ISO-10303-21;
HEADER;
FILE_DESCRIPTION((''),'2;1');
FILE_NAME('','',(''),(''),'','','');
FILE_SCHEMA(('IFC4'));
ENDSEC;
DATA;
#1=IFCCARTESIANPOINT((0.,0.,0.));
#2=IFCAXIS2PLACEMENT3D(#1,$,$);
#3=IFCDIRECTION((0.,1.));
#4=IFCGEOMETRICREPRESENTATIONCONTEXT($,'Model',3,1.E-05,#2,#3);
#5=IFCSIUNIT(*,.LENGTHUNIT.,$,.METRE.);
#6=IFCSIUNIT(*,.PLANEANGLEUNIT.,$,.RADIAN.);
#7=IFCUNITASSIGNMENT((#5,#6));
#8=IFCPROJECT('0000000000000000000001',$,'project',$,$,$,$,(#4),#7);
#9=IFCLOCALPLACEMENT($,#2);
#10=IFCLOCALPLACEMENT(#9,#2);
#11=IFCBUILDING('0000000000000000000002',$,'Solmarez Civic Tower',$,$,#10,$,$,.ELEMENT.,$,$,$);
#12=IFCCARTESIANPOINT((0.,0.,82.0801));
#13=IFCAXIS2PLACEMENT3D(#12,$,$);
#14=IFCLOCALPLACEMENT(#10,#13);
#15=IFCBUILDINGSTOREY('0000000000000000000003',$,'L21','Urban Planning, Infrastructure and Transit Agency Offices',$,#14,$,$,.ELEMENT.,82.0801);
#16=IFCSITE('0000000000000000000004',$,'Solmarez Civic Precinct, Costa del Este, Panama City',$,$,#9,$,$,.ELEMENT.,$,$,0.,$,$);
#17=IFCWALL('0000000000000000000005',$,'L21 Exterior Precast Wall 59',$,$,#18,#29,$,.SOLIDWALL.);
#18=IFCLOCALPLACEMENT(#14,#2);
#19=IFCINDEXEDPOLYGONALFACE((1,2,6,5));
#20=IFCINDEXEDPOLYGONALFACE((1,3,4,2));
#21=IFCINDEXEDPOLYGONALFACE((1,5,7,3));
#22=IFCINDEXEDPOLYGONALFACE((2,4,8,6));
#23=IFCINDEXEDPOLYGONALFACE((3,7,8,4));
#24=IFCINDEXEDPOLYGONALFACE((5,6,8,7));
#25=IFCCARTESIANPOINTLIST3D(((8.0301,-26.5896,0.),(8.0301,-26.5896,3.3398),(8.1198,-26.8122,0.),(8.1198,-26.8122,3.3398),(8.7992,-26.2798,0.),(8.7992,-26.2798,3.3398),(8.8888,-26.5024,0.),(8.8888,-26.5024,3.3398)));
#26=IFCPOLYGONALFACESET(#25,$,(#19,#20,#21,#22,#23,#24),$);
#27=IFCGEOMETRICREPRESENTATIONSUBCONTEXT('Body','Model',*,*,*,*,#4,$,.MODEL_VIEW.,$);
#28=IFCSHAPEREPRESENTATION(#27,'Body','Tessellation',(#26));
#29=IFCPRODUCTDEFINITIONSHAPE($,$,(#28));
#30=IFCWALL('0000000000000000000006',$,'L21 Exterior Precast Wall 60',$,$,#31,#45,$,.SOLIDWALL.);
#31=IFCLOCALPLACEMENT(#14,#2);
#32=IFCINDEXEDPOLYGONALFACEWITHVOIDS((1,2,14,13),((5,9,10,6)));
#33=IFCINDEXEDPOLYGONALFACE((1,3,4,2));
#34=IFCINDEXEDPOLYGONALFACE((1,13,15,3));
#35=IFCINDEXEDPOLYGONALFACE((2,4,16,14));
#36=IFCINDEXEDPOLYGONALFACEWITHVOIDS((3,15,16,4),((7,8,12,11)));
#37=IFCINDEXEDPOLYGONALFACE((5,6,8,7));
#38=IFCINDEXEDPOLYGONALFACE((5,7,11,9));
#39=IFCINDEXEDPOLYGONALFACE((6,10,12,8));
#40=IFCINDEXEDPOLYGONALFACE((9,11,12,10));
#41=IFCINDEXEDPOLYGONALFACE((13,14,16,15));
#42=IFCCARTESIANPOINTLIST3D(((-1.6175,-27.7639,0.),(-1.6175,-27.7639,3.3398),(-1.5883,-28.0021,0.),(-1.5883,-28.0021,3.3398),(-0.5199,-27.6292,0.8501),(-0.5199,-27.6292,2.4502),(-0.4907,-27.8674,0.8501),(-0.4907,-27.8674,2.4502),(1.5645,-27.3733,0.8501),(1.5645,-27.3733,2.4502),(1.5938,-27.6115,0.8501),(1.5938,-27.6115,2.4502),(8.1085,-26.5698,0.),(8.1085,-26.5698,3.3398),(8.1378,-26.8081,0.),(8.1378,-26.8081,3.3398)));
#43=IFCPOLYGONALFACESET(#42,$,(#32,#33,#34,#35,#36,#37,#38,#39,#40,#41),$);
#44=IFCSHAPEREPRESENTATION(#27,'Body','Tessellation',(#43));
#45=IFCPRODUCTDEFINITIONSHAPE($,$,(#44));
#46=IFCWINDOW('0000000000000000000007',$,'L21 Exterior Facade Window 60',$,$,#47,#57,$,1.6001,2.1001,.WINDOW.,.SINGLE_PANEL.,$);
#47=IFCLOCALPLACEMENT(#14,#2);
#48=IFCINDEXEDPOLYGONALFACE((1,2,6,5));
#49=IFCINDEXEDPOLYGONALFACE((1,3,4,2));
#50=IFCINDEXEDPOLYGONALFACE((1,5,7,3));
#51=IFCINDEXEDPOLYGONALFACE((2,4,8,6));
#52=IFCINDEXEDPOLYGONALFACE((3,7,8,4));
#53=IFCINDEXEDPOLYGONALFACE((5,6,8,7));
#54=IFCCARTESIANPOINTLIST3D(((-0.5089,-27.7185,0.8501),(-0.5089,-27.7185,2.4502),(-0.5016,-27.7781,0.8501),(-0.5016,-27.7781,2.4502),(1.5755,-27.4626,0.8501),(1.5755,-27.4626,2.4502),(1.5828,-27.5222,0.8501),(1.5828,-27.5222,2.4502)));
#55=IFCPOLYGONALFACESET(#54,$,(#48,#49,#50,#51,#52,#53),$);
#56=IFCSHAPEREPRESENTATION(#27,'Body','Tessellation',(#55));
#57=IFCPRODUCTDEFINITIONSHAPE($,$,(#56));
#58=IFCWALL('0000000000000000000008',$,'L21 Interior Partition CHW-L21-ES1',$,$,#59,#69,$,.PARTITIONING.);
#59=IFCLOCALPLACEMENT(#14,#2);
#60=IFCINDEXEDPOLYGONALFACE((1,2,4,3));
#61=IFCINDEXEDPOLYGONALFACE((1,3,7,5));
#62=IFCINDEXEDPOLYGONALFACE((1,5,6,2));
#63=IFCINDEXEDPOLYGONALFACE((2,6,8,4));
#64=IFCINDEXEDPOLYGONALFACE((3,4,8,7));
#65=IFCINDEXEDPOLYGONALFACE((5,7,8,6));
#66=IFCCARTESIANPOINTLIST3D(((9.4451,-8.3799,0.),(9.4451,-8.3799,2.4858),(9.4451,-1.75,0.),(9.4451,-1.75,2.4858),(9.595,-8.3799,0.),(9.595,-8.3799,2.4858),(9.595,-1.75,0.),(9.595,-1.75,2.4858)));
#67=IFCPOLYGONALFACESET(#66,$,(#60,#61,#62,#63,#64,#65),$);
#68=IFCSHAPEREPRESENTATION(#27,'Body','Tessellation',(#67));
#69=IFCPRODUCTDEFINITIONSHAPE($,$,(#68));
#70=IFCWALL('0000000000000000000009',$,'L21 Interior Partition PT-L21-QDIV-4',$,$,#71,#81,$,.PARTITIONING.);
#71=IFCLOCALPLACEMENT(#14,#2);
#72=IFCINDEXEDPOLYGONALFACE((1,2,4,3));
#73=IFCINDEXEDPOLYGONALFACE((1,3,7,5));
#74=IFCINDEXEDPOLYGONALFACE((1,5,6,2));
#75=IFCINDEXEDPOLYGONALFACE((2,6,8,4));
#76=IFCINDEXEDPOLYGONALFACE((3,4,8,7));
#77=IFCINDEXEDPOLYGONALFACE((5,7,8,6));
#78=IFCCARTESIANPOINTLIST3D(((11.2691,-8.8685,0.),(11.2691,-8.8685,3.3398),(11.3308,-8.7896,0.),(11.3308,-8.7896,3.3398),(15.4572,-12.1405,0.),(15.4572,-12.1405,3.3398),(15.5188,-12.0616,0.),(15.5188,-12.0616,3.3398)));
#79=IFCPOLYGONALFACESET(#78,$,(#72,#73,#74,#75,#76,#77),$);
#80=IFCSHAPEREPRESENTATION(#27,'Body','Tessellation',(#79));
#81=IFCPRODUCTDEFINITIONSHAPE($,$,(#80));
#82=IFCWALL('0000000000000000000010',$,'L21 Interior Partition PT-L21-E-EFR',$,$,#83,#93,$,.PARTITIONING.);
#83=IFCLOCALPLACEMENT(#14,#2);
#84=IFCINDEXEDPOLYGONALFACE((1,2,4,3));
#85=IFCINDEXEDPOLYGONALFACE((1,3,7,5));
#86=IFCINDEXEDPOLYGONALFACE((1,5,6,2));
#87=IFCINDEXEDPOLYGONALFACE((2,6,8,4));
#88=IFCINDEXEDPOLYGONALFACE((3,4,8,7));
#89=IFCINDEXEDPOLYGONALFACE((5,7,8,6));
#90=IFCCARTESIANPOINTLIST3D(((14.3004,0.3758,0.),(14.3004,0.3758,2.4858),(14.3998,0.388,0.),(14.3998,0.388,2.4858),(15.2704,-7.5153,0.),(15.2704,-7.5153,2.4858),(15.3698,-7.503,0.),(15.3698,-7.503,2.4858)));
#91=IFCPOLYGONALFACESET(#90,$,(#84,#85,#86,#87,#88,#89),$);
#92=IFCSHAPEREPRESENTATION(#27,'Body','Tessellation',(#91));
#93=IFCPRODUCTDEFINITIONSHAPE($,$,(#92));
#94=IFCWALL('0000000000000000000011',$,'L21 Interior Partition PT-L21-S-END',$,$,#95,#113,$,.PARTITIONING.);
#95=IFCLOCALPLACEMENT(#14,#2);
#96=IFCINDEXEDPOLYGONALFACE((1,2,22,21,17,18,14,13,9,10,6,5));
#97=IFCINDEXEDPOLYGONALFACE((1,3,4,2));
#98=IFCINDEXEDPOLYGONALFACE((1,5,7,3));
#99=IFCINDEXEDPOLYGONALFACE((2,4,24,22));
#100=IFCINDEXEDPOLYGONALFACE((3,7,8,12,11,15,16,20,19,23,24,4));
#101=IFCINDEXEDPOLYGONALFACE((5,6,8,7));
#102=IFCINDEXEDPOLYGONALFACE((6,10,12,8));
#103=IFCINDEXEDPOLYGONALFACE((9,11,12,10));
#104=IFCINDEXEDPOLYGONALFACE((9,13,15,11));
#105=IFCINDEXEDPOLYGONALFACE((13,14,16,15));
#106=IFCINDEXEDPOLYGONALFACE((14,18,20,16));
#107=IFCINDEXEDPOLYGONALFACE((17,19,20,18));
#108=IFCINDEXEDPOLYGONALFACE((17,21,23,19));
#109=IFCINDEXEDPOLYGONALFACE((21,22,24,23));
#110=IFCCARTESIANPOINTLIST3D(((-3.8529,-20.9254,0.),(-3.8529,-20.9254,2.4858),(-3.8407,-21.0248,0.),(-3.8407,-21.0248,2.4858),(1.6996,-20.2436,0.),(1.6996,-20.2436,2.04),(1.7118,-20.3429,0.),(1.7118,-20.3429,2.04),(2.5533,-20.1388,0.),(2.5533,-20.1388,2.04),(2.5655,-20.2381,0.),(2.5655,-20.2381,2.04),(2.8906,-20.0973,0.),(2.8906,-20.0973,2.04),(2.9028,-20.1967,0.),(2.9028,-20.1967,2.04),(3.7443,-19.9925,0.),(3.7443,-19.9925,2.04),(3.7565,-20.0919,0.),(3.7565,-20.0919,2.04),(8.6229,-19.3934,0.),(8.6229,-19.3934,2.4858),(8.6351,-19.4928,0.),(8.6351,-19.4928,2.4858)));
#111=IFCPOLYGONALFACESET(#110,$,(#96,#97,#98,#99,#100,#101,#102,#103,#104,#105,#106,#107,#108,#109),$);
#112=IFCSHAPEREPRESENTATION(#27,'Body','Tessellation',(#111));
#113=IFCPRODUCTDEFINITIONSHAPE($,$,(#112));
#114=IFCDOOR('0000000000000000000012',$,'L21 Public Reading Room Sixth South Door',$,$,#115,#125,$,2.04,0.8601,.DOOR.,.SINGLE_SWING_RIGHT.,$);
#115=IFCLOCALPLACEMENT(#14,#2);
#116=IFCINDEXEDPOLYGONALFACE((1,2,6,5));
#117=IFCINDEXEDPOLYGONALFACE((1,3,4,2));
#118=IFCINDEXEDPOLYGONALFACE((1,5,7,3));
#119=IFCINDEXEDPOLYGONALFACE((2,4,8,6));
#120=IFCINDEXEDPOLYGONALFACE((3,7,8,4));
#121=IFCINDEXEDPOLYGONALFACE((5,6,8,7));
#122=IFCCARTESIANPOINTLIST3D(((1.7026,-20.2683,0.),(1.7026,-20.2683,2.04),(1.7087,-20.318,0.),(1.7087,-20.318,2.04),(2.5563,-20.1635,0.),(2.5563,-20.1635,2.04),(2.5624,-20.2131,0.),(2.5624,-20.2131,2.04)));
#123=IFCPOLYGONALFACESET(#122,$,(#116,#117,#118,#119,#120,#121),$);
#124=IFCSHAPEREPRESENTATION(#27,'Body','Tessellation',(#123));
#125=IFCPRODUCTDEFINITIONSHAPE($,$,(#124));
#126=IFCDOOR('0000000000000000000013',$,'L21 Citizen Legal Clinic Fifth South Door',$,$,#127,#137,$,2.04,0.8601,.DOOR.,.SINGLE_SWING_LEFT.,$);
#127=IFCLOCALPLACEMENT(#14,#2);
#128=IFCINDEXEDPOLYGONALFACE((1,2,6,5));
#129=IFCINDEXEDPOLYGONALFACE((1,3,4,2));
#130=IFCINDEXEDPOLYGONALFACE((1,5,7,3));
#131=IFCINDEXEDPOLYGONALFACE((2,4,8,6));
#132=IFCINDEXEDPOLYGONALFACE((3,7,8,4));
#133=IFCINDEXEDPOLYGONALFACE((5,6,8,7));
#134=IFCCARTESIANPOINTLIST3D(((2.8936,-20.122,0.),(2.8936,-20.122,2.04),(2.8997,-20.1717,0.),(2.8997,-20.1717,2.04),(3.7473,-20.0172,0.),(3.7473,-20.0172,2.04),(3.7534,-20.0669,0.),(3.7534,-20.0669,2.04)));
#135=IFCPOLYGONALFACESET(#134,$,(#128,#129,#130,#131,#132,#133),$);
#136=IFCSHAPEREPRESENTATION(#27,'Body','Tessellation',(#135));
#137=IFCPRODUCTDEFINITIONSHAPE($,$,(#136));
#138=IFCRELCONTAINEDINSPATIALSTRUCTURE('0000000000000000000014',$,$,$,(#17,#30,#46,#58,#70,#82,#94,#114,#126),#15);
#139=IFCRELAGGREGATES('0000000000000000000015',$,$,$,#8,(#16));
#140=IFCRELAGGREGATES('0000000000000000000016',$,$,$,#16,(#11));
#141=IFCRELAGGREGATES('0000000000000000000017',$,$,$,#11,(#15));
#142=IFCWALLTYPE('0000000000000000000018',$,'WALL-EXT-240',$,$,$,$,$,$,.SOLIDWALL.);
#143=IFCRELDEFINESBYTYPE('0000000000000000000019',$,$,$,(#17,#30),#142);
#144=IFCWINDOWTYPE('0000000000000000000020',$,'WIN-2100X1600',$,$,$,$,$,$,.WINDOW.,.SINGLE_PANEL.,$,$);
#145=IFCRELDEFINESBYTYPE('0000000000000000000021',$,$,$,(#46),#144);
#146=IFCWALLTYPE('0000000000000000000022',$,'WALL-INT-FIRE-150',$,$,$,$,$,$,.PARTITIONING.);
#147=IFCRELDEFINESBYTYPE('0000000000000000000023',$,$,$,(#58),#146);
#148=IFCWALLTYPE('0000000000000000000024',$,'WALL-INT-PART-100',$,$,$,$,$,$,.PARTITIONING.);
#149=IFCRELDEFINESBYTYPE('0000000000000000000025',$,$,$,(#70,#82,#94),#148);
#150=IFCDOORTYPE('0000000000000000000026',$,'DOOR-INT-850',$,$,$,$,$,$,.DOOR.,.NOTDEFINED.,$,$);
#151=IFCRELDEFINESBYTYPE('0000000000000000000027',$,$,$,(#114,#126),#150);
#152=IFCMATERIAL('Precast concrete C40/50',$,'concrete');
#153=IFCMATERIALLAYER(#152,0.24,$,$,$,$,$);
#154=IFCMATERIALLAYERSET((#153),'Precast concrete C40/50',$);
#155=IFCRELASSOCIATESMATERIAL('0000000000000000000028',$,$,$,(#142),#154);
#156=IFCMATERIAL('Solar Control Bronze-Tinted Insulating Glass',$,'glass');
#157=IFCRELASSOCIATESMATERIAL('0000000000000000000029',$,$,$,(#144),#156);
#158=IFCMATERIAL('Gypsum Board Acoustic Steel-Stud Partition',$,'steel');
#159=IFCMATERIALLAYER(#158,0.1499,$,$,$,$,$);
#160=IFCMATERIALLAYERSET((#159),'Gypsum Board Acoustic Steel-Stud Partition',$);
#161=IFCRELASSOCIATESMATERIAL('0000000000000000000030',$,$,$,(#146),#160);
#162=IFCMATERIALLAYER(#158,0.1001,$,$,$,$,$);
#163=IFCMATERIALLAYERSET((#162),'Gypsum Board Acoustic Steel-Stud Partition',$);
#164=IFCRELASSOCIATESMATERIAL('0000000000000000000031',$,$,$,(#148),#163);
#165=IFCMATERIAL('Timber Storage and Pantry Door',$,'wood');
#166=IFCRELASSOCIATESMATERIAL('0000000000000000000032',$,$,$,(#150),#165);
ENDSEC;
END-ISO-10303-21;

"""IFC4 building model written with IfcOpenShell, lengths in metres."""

from ifc_helpers import new_model, si_unit, direction, frame, frame_2d, origin, place, context, subcontext, project, spatial, rectangle, extrude, material, layer, layer_set, type_object, element, fill, save


model = new_model("IFC4")

# Units and contexts
model_context = context("Model", 3, precision=1e-05, world=origin(), true_north=direction((0.0, 1.0)))
body_context = subcontext(model_context, "Body", "Model", "MODEL_VIEW")
ifc_project = project(units=[si_unit("LENGTHUNIT", "METRE"), si_unit("PLANEANGLEUNIT", "RADIAN")], contexts=[model_context])

# Site, building, storey
site_placement = place(None, origin())
site = spatial("IfcSite", under=ifc_project, at=site_placement, Name="Solmarez Civic Precinct, Costa del Este, Panama City", CompositionType="ELEMENT", RefElevation=0.0)
building_placement = place(site_placement, origin())
building = spatial("IfcBuilding", under=site, at=building_placement, Name="Solmarez Civic Tower", CompositionType="ELEMENT")
storey_placement = place(building_placement, frame((0.0, 0.0, 82.0801)))
storey = spatial("IfcBuildingStorey", under=building, at=storey_placement, Name="L21", Description="Urban Planning, Infrastructure and Transit Agency Offices", CompositionType="ELEMENT", Elevation=82.0801)

# Shared definitions
ifc_material_1 = material(Name="Precast concrete C40/50", Category="concrete")
ifc_layer_1 = layer(ifc_material_1, 0.24)
ifc_layer_set_1 = layer_set([ifc_layer_1], Name="Precast concrete C40/50")
wall_type_1 = type_object("IfcWallType", Name="WALL-EXT-240", PredefinedType="SOLIDWALL", material=ifc_layer_set_1)

# Shared definitions
ifc_material_2 = material(Name="Solar Control Bronze-Tinted Insulating Glass", Category="glass")

# Wall
wall_1_placement = place(storey_placement, frame((8.844, -26.3911, 0.0), z_axis=(0.0, 0.0, 1.0), x_axis=(-0.92756, -0.373674, 0.0)))
element("IfcWall", 1, at=wall_1_placement, inside=storey, type_object=wall_type_1, Name="L21 Exterior Precast Wall 59", PredefinedType="SOLIDWALL", context=body_context, shape_type="SweptSolid", body=[
    extrude(rectangle(XDim=0.8291, YDim=0.24, at=frame_2d((0.4146, 0.0))), origin(), (0.0, 0.0, 1.0), 3.3398),
])

# Wall, opening, window
wall_2_placement = place(storey_placement, frame((8.123, -26.689, 0.0), z_axis=(0.0, 0.0, 1.0), x_axis=(-0.992548, -0.121857, 0.0)))
wall_2 = element("IfcWall", 2, at=wall_2_placement, inside=storey, type_object=wall_type_1, Name="L21 Exterior Precast Wall 60", PredefinedType="SOLIDWALL", context=body_context, shape_type="SweptSolid", body=[
    extrude(rectangle(XDim=9.7991, YDim=0.24, at=frame_2d((4.8994, 0.0))), origin(), (0.0, 0.0, 1.0), 3.3398),
])
opening_1_placement = place(wall_2_placement, frame((6.593, 0.0, 0.8501)))
opening_1 = element("IfcOpeningElement", 3, at=opening_1_placement, cuts=wall_2, PredefinedType="OPENING", context=body_context, shape_type="SweptSolid", body=[
    extrude(rectangle(XDim=2.1001, YDim=1.6001, at=frame_2d((1.05, 0.8))), frame((0.0, 0.1299, 0.0), z_axis=(0.0, -1.0, 0.0), x_axis=(1.0, 0.0, 0.0)), (0.0, 0.0, 1.0), 0.26),
])
window_type_1 = type_object("IfcWindowType", Name="WIN-2100X1600", PartitioningType="SINGLE_PANEL", PredefinedType="WINDOW", material=ifc_material_2)
window_1_placement = place(opening_1_placement, origin())
window_1 = element("IfcWindow", 4, at=window_1_placement, inside=storey, type_object=window_type_1, Name="L21 Exterior Facade Window 60", OverallHeight=1.6001, OverallWidth=2.1001, PartitioningType="SINGLE_PANEL", PredefinedType="WINDOW", context=body_context, shape_type="SweptSolid", body=[
    extrude(rectangle(XDim=2.1001, YDim=1.6001, at=frame_2d((1.05, 0.8))), frame((0.0, 0.03, 0.0), z_axis=(0.0, -1.0, 0.0), x_axis=(1.0, 0.0, 0.0)), (0.0, 0.0, 1.0), 0.0601),
])
fill(opening_1, window_1)

# Walls
ifc_material_3 = material(Name="Gypsum Board Acoustic Steel-Stud Partition", Category="steel")
ifc_layer_2 = layer(ifc_material_3, 0.1499)
ifc_layer_set_2 = layer_set([ifc_layer_2], Name="Gypsum Board Acoustic Steel-Stud Partition")
wall_type_2 = type_object("IfcWallType", Name="WALL-INT-FIRE-150", PredefinedType="PARTITIONING", material=ifc_layer_set_2)
wall_3_placement = place(storey_placement, frame((9.52, -8.3799, 0.0), z_axis=(0.0, 0.0, 1.0), x_axis=(0.0, 1.0, 0.0)))
element("IfcWall", 5, at=wall_3_placement, inside=storey, type_object=wall_type_2, Name="L21 Interior Partition CHW-L21-ES1", PredefinedType="PARTITIONING", context=body_context, shape_type="SweptSolid", body=[
    extrude(rectangle(XDim=6.6299, YDim=0.1499, at=frame_2d((3.3149, 0.0))), origin(), (0.0, 0.0, 1.0), 2.4858),
])
ifc_layer_3 = layer(ifc_material_3, 0.1001)
ifc_layer_set_3 = layer_set([ifc_layer_3], Name="Gypsum Board Acoustic Steel-Stud Partition")
wall_type_3 = type_object("IfcWallType", Name="WALL-INT-PART-100", PredefinedType="PARTITIONING", material=ifc_layer_set_3)
wall_4_placement = place(storey_placement, frame((11.3, -8.8291, 0.0), z_axis=(0.0, 0.0, 1.0), x_axis=(0.788015, -0.615657, 0.0)))
element("IfcWall", 6, at=wall_4_placement, inside=storey, type_object=wall_type_3, Name="L21 Interior Partition PT-L21-QDIV-4", PredefinedType="PARTITIONING", context=body_context, shape_type="SweptSolid", body=[
    extrude(rectangle(XDim=5.3147, YDim=0.1001, at=frame_2d((2.6572, 0.0))), origin(), (0.0, 0.0, 1.0), 3.3398),
])
wall_5_placement = place(storey_placement, frame((15.3201, -7.509, 0.0), z_axis=(0.0, 0.0, 1.0), x_axis=(-0.122001, 0.99253, 0.0)))
element("IfcWall", 7, at=wall_5_placement, inside=storey, type_object=wall_type_3, Name="L21 Interior Partition PT-L21-E-EFR", PredefinedType="PARTITIONING", context=body_context, shape_type="SweptSolid", body=[
    extrude(rectangle(XDim=7.9504, YDim=0.1001, at=frame_2d((3.9751, 0.0))), origin(), (0.0, 0.0, 1.0), 2.4858),
])

# Wall, openings, doors
wall_6_placement = place(storey_placement, frame((8.6289, -19.4431, 0.0), z_axis=(0.0, 0.0, 1.0), x_axis=(-0.992545, -0.121881, 0.0)))
wall_6 = element("IfcWall", 8, at=wall_6_placement, inside=storey, type_object=wall_type_3, Name="L21 Interior Partition PT-L21-S-END", PredefinedType="PARTITIONING", context=body_context, shape_type="SweptSolid", body=[
    extrude(rectangle(XDim=12.5696, YDim=0.1001, at=frame_2d((6.2847, 0.0))), origin(), (0.0, 0.0, 1.0), 2.4858),
])
opening_2_placement = place(wall_6_placement, frame((6.115, 0.0, 0.0)))
opening_2 = element("IfcOpeningElement", 9, at=opening_2_placement, cuts=wall_6, PredefinedType="OPENING", context=body_context, shape_type="SweptSolid", body=[
    extrude(rectangle(XDim=0.8601, YDim=2.04, at=frame_2d((0.4302, 1.02))), frame((0.0, 0.0601, 0.0), z_axis=(0.0, -1.0, 0.0), x_axis=(1.0, 0.0, 0.0)), (0.0, 0.0, 1.0), 0.1201),
])
opening_3_placement = place(wall_6_placement, frame((4.915, 0.0, 0.0)))
opening_3 = element("IfcOpeningElement", 10, at=opening_3_placement, cuts=wall_6, PredefinedType="OPENING", context=body_context, shape_type="SweptSolid", body=[
    extrude(rectangle(XDim=0.8601, YDim=2.04, at=frame_2d((0.4302, 1.02))), frame((0.0, 0.0601, 0.0), z_axis=(0.0, -1.0, 0.0), x_axis=(1.0, 0.0, 0.0)), (0.0, 0.0, 1.0), 0.1201),
])
ifc_material_4 = material(Name="Timber Storage and Pantry Door", Category="wood")
door_type = type_object("IfcDoorType", Name="DOOR-INT-850", OperationType="NOTDEFINED", PredefinedType="DOOR", material=ifc_material_4)
door_1_placement = place(opening_2_placement, origin())
door_1 = element("IfcDoor", 11, at=door_1_placement, inside=storey, type_object=door_type, Name="L21 Public Reading Room Sixth South Door", OperationType="SINGLE_SWING_RIGHT", OverallHeight=2.04, OverallWidth=0.8601, PredefinedType="DOOR", context=body_context, shape_type="SweptSolid", body=[
    extrude(rectangle(XDim=0.8601, YDim=2.04, at=frame_2d((0.4302, 1.02))), frame((0.0, 0.0249, 0.0), z_axis=(0.0, -1.0, 0.0), x_axis=(1.0, 0.0, 0.0)), (0.0, 0.0, 1.0), 0.05),
])
fill(opening_2, door_1)
door_2_placement = place(opening_3_placement, origin())
door_2 = element("IfcDoor", 12, at=door_2_placement, inside=storey, type_object=door_type, Name="L21 Citizen Legal Clinic Fifth South Door", OperationType="SINGLE_SWING_LEFT", OverallHeight=2.04, OverallWidth=0.8601, PredefinedType="DOOR", context=body_context, shape_type="SweptSolid", body=[
    extrude(rectangle(XDim=0.8601, YDim=2.04, at=frame_2d((0.4302, 1.02))), frame((0.0, 0.0249, 0.0), z_axis=(0.0, -1.0, 0.0), x_axis=(1.0, 0.0, 0.0)), (0.0, 0.0, 1.0), 0.05),
])
fill(opening_3, door_2)

save(model, "model.ifc")
